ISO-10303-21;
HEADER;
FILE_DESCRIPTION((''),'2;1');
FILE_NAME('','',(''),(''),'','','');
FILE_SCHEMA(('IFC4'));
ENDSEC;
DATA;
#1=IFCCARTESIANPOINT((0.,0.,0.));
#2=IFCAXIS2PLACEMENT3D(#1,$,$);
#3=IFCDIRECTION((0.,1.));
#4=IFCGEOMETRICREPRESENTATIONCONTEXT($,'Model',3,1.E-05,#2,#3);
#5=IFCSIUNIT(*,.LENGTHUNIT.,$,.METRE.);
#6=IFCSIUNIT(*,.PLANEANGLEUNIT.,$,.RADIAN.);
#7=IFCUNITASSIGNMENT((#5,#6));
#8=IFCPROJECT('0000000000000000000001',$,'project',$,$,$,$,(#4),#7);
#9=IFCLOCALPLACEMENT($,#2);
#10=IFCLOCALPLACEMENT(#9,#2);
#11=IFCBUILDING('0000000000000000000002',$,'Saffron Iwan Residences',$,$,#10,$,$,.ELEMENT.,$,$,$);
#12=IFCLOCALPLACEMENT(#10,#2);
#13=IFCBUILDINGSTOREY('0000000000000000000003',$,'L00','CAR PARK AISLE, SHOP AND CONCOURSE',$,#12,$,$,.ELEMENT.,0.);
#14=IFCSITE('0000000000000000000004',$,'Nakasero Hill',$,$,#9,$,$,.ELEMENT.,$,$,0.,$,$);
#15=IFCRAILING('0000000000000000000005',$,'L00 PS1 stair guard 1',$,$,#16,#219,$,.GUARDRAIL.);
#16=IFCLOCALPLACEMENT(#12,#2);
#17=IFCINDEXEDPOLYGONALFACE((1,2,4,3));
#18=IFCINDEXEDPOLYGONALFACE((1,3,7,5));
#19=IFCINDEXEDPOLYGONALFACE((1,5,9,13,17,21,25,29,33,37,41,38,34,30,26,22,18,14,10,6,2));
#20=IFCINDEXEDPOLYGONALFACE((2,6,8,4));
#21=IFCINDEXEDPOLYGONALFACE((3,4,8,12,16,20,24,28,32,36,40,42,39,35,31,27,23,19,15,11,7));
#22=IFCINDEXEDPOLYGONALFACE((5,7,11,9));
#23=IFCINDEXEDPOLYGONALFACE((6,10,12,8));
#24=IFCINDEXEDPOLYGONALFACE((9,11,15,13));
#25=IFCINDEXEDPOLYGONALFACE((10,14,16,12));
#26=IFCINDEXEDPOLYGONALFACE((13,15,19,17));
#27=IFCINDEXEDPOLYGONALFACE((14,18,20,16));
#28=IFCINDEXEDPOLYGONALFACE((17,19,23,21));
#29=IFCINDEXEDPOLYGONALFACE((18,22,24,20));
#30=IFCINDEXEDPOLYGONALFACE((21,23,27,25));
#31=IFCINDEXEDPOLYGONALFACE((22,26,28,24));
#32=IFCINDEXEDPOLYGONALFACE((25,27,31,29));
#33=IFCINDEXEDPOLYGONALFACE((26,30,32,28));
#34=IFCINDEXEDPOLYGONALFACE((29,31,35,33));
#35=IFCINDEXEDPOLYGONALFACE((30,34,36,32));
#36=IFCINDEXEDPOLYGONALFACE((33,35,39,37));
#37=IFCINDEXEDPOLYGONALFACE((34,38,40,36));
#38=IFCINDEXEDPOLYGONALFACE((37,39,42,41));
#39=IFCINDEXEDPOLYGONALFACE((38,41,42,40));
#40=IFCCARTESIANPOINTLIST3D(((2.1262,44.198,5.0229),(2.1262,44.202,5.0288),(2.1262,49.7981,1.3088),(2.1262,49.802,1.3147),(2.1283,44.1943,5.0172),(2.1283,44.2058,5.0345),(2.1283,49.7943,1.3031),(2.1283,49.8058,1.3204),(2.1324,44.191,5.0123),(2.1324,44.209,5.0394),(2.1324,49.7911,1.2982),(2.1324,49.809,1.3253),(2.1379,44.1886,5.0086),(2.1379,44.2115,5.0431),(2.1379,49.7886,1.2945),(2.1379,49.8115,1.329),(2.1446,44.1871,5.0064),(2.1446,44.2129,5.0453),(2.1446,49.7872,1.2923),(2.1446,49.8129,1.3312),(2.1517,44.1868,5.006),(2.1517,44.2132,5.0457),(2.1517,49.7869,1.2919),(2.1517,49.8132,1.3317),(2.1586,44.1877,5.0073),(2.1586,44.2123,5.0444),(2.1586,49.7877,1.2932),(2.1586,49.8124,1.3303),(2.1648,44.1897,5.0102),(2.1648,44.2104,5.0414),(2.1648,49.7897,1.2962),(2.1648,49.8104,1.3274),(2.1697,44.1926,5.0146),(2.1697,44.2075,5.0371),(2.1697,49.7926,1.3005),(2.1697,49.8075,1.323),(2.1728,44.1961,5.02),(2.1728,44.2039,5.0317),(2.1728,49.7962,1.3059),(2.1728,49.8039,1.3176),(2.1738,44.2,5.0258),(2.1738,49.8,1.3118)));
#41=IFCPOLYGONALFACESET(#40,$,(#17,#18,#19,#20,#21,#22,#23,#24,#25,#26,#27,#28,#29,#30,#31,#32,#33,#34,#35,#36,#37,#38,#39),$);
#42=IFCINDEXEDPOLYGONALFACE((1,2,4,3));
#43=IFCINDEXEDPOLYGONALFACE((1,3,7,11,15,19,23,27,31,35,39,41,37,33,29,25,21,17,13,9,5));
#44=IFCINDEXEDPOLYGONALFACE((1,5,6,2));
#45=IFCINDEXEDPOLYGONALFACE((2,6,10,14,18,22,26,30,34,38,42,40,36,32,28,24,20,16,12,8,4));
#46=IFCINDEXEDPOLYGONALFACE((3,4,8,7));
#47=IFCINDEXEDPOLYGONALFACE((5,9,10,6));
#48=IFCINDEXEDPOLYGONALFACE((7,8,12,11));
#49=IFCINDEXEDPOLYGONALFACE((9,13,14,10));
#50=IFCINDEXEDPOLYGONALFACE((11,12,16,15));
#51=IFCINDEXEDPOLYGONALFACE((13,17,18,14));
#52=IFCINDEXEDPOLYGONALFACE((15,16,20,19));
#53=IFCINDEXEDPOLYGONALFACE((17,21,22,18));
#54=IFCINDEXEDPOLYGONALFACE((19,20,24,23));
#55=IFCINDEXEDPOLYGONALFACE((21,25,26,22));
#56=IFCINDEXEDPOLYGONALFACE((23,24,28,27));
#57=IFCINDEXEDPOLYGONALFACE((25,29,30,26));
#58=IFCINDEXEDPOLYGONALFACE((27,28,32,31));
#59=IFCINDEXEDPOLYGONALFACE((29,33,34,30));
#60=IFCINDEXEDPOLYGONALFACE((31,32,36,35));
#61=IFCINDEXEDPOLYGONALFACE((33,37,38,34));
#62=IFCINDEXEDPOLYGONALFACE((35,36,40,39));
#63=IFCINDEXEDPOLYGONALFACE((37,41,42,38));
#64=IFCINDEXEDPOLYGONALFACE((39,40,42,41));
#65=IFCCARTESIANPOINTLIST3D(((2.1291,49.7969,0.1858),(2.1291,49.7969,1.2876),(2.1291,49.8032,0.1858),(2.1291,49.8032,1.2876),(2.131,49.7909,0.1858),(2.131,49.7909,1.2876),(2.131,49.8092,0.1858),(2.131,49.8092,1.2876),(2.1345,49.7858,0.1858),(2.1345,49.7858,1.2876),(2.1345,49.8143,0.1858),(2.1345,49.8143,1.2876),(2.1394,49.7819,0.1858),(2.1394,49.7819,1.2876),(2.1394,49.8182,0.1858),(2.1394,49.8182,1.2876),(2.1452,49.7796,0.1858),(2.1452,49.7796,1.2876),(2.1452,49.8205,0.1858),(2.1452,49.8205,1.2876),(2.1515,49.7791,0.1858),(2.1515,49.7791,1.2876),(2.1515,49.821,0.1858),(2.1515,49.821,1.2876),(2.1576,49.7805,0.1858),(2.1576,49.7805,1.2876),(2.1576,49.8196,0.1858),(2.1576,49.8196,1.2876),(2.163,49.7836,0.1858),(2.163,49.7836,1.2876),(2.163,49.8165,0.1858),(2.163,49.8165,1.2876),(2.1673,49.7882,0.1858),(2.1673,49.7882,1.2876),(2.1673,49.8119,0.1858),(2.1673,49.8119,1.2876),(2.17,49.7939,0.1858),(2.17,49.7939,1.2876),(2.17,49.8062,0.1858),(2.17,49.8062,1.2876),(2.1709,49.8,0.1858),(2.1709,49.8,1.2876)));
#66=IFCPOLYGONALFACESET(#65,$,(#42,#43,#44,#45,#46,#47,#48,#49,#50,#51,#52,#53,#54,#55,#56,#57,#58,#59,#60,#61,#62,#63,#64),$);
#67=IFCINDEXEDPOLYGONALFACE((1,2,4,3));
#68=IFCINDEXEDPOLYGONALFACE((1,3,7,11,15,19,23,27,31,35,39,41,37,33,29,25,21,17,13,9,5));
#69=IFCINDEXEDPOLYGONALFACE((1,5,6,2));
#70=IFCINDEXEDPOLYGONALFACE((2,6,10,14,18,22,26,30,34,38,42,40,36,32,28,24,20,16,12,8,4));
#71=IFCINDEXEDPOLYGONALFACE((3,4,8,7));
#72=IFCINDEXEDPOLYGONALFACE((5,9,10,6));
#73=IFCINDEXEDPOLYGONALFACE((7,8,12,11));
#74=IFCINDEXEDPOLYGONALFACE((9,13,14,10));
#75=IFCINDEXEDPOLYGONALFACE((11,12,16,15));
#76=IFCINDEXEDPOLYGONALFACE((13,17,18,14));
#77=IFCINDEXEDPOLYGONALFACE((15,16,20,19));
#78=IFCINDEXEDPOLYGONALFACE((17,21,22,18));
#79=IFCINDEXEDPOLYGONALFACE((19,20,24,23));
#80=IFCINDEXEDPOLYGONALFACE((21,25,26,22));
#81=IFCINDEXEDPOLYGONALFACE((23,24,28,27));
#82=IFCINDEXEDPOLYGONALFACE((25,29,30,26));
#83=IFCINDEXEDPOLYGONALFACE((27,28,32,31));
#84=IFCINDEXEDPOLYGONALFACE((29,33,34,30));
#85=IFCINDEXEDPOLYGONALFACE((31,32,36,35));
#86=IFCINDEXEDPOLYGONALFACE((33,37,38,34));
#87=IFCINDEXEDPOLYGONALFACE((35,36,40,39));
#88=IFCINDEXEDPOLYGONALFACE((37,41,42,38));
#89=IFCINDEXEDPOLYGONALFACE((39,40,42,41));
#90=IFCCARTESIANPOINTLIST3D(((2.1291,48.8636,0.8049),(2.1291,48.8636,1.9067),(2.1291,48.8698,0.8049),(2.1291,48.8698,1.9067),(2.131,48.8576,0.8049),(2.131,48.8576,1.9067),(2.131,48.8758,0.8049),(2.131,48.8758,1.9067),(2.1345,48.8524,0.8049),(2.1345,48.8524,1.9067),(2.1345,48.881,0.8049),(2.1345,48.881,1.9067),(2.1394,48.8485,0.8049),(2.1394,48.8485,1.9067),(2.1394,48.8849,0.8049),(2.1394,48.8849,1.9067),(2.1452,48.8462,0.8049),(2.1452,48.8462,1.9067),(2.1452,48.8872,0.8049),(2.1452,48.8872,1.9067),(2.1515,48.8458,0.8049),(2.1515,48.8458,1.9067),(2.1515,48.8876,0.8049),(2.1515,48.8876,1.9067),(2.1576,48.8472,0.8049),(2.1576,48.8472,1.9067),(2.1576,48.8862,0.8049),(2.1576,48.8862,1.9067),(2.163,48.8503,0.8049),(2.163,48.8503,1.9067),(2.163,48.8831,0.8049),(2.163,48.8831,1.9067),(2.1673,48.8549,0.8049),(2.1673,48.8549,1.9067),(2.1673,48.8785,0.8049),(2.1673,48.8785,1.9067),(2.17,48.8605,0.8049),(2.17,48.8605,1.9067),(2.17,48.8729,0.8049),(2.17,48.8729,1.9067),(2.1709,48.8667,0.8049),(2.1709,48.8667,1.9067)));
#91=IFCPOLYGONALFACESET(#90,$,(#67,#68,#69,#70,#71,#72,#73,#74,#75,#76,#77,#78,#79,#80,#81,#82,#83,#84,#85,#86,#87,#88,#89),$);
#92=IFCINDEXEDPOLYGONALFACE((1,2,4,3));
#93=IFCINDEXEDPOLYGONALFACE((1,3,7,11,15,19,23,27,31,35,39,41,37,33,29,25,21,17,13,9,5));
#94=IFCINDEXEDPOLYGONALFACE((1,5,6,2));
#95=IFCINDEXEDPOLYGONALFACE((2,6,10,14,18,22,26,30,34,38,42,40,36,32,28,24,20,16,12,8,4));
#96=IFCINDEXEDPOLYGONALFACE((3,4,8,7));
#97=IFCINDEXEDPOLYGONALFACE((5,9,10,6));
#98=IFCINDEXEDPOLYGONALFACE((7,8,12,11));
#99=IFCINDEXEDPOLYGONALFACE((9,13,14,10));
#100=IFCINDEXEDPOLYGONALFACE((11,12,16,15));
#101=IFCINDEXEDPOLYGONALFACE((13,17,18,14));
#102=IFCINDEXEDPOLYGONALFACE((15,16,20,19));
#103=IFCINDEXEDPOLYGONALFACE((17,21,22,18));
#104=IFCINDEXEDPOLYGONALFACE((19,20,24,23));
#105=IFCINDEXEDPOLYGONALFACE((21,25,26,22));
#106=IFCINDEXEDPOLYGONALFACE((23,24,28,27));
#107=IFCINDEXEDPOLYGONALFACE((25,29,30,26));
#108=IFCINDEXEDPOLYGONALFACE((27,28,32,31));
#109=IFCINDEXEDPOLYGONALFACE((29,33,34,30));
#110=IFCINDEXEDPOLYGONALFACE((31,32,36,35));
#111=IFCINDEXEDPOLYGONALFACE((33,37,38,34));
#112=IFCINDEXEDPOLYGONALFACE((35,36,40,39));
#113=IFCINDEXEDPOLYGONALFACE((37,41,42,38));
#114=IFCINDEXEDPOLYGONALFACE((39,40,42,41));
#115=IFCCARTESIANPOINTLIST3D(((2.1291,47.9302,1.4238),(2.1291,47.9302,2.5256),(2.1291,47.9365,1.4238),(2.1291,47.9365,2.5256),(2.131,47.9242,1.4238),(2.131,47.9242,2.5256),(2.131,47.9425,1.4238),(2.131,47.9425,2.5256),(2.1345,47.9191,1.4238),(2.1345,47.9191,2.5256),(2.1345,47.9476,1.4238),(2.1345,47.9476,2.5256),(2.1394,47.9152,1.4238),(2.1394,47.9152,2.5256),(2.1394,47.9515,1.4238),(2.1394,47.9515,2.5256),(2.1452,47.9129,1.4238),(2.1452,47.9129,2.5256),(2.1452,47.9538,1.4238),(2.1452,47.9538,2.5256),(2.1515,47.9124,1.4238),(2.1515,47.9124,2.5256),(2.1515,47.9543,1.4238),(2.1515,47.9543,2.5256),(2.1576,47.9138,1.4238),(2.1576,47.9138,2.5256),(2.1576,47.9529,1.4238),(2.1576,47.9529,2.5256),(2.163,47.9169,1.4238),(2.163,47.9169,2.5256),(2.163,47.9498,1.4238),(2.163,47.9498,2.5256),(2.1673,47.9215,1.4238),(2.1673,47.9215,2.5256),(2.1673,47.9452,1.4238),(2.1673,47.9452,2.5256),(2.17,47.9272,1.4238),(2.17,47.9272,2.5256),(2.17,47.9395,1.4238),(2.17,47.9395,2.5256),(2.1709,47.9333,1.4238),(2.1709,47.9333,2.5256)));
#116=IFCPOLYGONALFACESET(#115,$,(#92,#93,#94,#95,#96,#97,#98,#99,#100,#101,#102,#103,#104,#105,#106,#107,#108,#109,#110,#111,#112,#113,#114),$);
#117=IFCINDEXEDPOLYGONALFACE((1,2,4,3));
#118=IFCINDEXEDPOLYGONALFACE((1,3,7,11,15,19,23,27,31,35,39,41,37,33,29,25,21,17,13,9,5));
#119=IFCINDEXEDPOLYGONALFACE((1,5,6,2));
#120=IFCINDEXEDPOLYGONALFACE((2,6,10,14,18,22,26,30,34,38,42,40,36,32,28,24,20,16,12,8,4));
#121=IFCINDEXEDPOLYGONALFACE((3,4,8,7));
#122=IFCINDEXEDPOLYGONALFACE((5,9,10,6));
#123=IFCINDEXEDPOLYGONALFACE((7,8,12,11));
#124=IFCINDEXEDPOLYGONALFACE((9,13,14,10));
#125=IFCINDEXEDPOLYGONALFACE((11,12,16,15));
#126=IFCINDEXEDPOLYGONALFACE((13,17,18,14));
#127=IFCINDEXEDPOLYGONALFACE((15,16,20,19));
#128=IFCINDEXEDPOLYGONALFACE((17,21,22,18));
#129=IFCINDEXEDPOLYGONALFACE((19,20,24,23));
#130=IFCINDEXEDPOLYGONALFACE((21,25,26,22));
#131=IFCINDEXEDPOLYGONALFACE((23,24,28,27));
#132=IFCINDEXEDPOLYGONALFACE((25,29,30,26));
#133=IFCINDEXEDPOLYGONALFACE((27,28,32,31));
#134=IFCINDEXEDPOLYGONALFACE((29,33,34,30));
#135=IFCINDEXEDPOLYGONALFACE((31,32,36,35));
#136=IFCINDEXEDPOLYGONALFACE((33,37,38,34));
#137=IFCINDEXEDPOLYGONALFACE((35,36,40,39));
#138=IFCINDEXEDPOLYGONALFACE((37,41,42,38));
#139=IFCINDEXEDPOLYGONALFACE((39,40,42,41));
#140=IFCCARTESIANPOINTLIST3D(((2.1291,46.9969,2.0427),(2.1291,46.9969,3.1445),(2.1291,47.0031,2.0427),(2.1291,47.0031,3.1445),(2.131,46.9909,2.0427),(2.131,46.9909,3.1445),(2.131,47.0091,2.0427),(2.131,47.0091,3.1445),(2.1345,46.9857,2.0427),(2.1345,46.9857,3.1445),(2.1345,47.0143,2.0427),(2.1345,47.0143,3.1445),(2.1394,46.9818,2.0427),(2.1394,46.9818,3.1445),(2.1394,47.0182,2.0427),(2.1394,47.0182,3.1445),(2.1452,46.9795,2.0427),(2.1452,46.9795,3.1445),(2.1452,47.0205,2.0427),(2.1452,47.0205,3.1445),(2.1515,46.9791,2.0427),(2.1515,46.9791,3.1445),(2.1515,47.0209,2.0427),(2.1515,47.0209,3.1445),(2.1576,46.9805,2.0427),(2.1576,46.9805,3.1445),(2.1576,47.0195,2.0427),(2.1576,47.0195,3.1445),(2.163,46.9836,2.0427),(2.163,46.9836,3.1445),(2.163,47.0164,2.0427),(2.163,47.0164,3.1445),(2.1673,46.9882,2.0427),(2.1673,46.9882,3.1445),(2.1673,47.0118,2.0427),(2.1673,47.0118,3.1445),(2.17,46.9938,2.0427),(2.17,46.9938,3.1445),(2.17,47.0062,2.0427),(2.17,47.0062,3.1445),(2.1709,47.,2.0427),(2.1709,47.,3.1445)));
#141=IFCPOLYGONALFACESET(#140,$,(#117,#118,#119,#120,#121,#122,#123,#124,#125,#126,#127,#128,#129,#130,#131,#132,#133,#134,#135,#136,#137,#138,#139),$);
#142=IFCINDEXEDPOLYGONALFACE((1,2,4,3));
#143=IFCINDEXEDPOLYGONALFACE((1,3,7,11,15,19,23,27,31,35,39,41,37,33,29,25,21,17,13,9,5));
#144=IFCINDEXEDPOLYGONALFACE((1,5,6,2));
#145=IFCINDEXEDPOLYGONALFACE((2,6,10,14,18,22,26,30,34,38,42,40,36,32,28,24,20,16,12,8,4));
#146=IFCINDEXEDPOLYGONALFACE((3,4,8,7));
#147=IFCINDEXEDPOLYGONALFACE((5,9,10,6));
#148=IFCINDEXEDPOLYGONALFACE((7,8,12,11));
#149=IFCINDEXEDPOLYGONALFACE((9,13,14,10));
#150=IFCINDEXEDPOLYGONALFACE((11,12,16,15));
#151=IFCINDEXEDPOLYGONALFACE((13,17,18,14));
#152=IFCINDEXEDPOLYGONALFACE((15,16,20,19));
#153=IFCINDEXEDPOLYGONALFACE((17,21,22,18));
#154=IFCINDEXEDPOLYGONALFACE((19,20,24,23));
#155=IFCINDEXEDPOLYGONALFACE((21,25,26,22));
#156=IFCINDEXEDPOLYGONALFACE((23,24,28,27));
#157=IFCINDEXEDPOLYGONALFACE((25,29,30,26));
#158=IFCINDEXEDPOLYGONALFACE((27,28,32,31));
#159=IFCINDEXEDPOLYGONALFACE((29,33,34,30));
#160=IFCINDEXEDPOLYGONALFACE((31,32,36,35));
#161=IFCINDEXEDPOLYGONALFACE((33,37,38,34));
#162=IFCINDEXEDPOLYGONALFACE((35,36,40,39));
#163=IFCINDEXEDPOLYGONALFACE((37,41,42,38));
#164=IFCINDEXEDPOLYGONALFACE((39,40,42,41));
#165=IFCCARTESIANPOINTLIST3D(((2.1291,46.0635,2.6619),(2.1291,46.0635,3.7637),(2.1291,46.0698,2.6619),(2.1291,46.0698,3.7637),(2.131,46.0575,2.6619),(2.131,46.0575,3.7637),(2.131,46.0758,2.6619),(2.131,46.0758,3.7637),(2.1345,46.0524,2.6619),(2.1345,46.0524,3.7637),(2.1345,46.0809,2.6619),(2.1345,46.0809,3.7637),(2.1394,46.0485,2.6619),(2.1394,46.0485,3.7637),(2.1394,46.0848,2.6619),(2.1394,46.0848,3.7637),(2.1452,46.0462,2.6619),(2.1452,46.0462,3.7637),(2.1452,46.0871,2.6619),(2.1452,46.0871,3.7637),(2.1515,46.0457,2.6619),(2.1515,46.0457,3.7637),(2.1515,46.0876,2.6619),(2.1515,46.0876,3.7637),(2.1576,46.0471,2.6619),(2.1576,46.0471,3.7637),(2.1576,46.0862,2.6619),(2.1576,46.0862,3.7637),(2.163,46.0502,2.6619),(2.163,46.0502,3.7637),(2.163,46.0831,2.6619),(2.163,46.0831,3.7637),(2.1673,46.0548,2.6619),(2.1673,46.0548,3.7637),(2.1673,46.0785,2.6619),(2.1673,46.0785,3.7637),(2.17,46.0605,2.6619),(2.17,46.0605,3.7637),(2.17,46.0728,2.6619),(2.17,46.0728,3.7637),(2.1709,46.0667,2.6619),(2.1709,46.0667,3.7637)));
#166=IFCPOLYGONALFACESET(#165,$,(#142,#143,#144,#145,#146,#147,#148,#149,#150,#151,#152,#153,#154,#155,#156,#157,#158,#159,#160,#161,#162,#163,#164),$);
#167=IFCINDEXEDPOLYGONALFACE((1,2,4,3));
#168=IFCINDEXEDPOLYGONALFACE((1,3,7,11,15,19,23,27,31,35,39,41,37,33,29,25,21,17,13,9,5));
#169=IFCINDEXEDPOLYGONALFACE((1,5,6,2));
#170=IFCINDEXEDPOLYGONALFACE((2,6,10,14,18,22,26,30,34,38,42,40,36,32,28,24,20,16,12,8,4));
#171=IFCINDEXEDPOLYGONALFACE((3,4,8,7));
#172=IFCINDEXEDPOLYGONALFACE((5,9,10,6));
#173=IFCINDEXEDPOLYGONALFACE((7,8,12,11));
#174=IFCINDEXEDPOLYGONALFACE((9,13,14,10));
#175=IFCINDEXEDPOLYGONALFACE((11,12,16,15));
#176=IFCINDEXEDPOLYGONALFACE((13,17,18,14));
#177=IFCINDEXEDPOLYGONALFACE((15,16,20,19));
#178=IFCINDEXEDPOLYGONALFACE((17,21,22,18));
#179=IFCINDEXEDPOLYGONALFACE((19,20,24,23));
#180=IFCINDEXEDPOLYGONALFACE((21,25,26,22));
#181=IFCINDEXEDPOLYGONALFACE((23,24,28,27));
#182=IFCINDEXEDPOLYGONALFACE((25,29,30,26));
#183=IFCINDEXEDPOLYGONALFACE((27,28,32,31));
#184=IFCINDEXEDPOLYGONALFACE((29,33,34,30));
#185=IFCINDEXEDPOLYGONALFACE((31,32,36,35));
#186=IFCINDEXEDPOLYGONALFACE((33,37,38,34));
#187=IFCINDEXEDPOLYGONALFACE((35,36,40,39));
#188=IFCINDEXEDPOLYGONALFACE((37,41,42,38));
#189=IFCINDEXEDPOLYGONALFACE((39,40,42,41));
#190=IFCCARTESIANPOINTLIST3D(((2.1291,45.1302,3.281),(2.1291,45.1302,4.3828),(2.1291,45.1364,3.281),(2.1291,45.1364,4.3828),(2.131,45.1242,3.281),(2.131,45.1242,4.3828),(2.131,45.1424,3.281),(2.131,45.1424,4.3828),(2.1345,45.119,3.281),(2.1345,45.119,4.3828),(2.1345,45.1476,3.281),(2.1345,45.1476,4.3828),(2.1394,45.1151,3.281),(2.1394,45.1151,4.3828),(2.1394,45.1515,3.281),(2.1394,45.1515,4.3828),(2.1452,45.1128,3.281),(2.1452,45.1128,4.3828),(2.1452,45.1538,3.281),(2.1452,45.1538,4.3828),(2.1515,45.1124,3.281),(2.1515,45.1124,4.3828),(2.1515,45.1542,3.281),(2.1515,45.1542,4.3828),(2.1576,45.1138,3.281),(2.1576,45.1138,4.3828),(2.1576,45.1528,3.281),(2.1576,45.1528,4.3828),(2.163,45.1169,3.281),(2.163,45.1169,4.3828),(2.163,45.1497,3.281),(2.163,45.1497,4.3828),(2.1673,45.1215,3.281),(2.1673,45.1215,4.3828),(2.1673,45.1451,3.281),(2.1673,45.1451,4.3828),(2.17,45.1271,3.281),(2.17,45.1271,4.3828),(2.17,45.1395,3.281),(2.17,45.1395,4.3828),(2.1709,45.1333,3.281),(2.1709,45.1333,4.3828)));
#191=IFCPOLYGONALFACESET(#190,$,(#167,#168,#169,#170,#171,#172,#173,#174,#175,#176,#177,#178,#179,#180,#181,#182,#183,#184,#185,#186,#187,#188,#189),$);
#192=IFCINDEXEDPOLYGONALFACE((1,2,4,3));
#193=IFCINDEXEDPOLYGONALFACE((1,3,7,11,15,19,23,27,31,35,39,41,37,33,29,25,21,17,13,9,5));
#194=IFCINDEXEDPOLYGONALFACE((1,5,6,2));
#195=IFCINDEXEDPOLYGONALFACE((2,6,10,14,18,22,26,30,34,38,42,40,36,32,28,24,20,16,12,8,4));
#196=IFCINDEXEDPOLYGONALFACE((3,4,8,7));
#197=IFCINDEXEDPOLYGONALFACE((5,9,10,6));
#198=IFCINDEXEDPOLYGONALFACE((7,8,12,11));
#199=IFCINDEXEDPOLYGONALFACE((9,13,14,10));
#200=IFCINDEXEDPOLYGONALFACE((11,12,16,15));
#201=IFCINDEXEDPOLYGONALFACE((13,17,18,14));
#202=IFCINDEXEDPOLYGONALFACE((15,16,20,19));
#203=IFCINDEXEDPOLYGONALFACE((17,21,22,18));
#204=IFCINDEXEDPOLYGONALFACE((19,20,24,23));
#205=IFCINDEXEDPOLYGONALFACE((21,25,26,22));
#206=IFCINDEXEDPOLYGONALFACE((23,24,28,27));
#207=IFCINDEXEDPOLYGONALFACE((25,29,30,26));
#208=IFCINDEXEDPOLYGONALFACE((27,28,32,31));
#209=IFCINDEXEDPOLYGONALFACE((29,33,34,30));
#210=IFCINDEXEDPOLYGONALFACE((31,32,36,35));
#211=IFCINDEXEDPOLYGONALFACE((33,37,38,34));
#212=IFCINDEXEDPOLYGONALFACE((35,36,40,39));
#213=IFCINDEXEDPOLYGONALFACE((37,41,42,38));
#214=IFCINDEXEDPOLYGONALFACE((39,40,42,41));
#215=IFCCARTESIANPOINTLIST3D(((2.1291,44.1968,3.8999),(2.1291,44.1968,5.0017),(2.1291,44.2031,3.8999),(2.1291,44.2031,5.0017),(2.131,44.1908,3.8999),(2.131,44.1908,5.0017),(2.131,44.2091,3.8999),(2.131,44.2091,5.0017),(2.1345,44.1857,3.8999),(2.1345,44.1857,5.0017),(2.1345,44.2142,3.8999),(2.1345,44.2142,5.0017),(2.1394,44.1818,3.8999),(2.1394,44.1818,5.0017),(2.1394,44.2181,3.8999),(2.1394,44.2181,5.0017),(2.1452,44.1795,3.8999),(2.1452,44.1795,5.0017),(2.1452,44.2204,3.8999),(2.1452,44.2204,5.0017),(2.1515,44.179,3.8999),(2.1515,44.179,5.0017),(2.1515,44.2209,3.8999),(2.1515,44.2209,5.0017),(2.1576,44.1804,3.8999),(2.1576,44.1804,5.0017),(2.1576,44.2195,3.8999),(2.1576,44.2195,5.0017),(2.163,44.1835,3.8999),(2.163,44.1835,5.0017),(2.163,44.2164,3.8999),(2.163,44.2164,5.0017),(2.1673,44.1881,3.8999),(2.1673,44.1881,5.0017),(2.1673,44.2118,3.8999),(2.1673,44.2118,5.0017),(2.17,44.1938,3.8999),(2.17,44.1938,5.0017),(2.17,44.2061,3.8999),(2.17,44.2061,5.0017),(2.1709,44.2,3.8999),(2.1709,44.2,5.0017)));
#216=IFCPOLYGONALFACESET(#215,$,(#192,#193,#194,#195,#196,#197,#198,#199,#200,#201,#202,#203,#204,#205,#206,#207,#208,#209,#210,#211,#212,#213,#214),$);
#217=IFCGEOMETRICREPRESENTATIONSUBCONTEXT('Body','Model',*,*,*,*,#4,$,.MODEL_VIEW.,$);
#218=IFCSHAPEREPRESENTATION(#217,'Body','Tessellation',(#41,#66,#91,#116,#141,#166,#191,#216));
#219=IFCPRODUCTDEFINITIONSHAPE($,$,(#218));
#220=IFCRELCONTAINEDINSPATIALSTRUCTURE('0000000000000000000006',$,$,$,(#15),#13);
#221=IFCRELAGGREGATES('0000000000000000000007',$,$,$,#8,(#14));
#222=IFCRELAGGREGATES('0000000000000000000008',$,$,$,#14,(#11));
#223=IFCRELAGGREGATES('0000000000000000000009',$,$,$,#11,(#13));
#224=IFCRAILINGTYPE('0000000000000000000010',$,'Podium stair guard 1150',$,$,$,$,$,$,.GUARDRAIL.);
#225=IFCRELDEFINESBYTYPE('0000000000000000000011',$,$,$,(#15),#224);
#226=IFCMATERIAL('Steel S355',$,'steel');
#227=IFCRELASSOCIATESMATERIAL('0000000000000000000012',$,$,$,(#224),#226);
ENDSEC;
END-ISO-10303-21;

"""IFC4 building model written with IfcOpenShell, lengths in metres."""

from ifc_helpers import new_model, si_unit, direction, frame, origin, origin_2d, place, context, subcontext, project, spatial, circle, extrude, material, type_object, element, save


model = new_model("IFC4")

# Units and contexts
model_context = context("Model", 3, precision=1e-05, world=origin(), true_north=direction((0.0, 1.0)))
body_context = subcontext(model_context, "Body", "Model", "MODEL_VIEW")
ifc_project = project(units=[si_unit("LENGTHUNIT", "METRE"), si_unit("PLANEANGLEUNIT", "RADIAN")], contexts=[model_context])

# Site, building, storey
site_placement = place(None, origin())
site = spatial("IfcSite", under=ifc_project, at=site_placement, Name="Nakasero Hill", CompositionType="ELEMENT", RefElevation=0.0)
building_placement = place(site_placement, origin())
building = spatial("IfcBuilding", under=site, at=building_placement, Name="Saffron Iwan Residences", CompositionType="ELEMENT")
storey_placement = place(building_placement, origin())
storey = spatial("IfcBuildingStorey", under=building, at=storey_placement, Name="L00", Description="CAR PARK AISLE, SHOP AND CONCOURSE", CompositionType="ELEMENT", Elevation=0.0)

# Railing
ifc_material_1 = material(Name="Steel S355", Category="steel")
railing_type_1 = type_object("IfcRailingType", Name="Podium stair guard 1150", PredefinedType="GUARDRAIL", material=ifc_material_1)
railing_1_placement = place(storey_placement, frame((2.1499, 49.8, 0.1858)))
element("IfcRailing", 1, at=railing_1_placement, inside=storey, type_object=railing_type_1, Name="L00 PS1 stair guard 1", PredefinedType="GUARDRAIL", context=body_context, shape_type="SweptSolid", body=[
    extrude(circle(Radius=0.0239, at=origin_2d()), frame((0.0, 0.0, 1.126), z_axis=(0.0, -0.833373, 0.552712), x_axis=(1.0, 0.0, 0.0)), (0.0, 0.0, 1.0), 6.7197),
    extrude(circle(Radius=0.021, at=origin_2d()), origin(), (0.0, 0.0, 1.0), 1.1018),
    extrude(circle(Radius=0.021, at=origin_2d()), frame((0.0, -0.9333, 0.6191)), (0.0, 0.0, 1.0), 1.1018),
    extrude(circle(Radius=0.021, at=origin_2d()), frame((0.0, -1.8667, 1.238)), (0.0, 0.0, 1.0), 1.1018),
    extrude(circle(Radius=0.021, at=origin_2d()), frame((0.0, -2.8, 1.8569)), (0.0, 0.0, 1.0), 1.1018),
    extrude(circle(Radius=0.021, at=origin_2d()), frame((0.0, -3.7334, 2.4761)), (0.0, 0.0, 1.0), 1.1018),
    extrude(circle(Radius=0.021, at=origin_2d()), frame((0.0, -4.6667, 3.0952)), (0.0, 0.0, 1.0), 1.1018),
    extrude(circle(Radius=0.021, at=origin_2d()), frame((0.0, -5.6001, 3.7141)), (0.0, 0.0, 1.0), 1.1018),
])

save(model, "model.ifc")
